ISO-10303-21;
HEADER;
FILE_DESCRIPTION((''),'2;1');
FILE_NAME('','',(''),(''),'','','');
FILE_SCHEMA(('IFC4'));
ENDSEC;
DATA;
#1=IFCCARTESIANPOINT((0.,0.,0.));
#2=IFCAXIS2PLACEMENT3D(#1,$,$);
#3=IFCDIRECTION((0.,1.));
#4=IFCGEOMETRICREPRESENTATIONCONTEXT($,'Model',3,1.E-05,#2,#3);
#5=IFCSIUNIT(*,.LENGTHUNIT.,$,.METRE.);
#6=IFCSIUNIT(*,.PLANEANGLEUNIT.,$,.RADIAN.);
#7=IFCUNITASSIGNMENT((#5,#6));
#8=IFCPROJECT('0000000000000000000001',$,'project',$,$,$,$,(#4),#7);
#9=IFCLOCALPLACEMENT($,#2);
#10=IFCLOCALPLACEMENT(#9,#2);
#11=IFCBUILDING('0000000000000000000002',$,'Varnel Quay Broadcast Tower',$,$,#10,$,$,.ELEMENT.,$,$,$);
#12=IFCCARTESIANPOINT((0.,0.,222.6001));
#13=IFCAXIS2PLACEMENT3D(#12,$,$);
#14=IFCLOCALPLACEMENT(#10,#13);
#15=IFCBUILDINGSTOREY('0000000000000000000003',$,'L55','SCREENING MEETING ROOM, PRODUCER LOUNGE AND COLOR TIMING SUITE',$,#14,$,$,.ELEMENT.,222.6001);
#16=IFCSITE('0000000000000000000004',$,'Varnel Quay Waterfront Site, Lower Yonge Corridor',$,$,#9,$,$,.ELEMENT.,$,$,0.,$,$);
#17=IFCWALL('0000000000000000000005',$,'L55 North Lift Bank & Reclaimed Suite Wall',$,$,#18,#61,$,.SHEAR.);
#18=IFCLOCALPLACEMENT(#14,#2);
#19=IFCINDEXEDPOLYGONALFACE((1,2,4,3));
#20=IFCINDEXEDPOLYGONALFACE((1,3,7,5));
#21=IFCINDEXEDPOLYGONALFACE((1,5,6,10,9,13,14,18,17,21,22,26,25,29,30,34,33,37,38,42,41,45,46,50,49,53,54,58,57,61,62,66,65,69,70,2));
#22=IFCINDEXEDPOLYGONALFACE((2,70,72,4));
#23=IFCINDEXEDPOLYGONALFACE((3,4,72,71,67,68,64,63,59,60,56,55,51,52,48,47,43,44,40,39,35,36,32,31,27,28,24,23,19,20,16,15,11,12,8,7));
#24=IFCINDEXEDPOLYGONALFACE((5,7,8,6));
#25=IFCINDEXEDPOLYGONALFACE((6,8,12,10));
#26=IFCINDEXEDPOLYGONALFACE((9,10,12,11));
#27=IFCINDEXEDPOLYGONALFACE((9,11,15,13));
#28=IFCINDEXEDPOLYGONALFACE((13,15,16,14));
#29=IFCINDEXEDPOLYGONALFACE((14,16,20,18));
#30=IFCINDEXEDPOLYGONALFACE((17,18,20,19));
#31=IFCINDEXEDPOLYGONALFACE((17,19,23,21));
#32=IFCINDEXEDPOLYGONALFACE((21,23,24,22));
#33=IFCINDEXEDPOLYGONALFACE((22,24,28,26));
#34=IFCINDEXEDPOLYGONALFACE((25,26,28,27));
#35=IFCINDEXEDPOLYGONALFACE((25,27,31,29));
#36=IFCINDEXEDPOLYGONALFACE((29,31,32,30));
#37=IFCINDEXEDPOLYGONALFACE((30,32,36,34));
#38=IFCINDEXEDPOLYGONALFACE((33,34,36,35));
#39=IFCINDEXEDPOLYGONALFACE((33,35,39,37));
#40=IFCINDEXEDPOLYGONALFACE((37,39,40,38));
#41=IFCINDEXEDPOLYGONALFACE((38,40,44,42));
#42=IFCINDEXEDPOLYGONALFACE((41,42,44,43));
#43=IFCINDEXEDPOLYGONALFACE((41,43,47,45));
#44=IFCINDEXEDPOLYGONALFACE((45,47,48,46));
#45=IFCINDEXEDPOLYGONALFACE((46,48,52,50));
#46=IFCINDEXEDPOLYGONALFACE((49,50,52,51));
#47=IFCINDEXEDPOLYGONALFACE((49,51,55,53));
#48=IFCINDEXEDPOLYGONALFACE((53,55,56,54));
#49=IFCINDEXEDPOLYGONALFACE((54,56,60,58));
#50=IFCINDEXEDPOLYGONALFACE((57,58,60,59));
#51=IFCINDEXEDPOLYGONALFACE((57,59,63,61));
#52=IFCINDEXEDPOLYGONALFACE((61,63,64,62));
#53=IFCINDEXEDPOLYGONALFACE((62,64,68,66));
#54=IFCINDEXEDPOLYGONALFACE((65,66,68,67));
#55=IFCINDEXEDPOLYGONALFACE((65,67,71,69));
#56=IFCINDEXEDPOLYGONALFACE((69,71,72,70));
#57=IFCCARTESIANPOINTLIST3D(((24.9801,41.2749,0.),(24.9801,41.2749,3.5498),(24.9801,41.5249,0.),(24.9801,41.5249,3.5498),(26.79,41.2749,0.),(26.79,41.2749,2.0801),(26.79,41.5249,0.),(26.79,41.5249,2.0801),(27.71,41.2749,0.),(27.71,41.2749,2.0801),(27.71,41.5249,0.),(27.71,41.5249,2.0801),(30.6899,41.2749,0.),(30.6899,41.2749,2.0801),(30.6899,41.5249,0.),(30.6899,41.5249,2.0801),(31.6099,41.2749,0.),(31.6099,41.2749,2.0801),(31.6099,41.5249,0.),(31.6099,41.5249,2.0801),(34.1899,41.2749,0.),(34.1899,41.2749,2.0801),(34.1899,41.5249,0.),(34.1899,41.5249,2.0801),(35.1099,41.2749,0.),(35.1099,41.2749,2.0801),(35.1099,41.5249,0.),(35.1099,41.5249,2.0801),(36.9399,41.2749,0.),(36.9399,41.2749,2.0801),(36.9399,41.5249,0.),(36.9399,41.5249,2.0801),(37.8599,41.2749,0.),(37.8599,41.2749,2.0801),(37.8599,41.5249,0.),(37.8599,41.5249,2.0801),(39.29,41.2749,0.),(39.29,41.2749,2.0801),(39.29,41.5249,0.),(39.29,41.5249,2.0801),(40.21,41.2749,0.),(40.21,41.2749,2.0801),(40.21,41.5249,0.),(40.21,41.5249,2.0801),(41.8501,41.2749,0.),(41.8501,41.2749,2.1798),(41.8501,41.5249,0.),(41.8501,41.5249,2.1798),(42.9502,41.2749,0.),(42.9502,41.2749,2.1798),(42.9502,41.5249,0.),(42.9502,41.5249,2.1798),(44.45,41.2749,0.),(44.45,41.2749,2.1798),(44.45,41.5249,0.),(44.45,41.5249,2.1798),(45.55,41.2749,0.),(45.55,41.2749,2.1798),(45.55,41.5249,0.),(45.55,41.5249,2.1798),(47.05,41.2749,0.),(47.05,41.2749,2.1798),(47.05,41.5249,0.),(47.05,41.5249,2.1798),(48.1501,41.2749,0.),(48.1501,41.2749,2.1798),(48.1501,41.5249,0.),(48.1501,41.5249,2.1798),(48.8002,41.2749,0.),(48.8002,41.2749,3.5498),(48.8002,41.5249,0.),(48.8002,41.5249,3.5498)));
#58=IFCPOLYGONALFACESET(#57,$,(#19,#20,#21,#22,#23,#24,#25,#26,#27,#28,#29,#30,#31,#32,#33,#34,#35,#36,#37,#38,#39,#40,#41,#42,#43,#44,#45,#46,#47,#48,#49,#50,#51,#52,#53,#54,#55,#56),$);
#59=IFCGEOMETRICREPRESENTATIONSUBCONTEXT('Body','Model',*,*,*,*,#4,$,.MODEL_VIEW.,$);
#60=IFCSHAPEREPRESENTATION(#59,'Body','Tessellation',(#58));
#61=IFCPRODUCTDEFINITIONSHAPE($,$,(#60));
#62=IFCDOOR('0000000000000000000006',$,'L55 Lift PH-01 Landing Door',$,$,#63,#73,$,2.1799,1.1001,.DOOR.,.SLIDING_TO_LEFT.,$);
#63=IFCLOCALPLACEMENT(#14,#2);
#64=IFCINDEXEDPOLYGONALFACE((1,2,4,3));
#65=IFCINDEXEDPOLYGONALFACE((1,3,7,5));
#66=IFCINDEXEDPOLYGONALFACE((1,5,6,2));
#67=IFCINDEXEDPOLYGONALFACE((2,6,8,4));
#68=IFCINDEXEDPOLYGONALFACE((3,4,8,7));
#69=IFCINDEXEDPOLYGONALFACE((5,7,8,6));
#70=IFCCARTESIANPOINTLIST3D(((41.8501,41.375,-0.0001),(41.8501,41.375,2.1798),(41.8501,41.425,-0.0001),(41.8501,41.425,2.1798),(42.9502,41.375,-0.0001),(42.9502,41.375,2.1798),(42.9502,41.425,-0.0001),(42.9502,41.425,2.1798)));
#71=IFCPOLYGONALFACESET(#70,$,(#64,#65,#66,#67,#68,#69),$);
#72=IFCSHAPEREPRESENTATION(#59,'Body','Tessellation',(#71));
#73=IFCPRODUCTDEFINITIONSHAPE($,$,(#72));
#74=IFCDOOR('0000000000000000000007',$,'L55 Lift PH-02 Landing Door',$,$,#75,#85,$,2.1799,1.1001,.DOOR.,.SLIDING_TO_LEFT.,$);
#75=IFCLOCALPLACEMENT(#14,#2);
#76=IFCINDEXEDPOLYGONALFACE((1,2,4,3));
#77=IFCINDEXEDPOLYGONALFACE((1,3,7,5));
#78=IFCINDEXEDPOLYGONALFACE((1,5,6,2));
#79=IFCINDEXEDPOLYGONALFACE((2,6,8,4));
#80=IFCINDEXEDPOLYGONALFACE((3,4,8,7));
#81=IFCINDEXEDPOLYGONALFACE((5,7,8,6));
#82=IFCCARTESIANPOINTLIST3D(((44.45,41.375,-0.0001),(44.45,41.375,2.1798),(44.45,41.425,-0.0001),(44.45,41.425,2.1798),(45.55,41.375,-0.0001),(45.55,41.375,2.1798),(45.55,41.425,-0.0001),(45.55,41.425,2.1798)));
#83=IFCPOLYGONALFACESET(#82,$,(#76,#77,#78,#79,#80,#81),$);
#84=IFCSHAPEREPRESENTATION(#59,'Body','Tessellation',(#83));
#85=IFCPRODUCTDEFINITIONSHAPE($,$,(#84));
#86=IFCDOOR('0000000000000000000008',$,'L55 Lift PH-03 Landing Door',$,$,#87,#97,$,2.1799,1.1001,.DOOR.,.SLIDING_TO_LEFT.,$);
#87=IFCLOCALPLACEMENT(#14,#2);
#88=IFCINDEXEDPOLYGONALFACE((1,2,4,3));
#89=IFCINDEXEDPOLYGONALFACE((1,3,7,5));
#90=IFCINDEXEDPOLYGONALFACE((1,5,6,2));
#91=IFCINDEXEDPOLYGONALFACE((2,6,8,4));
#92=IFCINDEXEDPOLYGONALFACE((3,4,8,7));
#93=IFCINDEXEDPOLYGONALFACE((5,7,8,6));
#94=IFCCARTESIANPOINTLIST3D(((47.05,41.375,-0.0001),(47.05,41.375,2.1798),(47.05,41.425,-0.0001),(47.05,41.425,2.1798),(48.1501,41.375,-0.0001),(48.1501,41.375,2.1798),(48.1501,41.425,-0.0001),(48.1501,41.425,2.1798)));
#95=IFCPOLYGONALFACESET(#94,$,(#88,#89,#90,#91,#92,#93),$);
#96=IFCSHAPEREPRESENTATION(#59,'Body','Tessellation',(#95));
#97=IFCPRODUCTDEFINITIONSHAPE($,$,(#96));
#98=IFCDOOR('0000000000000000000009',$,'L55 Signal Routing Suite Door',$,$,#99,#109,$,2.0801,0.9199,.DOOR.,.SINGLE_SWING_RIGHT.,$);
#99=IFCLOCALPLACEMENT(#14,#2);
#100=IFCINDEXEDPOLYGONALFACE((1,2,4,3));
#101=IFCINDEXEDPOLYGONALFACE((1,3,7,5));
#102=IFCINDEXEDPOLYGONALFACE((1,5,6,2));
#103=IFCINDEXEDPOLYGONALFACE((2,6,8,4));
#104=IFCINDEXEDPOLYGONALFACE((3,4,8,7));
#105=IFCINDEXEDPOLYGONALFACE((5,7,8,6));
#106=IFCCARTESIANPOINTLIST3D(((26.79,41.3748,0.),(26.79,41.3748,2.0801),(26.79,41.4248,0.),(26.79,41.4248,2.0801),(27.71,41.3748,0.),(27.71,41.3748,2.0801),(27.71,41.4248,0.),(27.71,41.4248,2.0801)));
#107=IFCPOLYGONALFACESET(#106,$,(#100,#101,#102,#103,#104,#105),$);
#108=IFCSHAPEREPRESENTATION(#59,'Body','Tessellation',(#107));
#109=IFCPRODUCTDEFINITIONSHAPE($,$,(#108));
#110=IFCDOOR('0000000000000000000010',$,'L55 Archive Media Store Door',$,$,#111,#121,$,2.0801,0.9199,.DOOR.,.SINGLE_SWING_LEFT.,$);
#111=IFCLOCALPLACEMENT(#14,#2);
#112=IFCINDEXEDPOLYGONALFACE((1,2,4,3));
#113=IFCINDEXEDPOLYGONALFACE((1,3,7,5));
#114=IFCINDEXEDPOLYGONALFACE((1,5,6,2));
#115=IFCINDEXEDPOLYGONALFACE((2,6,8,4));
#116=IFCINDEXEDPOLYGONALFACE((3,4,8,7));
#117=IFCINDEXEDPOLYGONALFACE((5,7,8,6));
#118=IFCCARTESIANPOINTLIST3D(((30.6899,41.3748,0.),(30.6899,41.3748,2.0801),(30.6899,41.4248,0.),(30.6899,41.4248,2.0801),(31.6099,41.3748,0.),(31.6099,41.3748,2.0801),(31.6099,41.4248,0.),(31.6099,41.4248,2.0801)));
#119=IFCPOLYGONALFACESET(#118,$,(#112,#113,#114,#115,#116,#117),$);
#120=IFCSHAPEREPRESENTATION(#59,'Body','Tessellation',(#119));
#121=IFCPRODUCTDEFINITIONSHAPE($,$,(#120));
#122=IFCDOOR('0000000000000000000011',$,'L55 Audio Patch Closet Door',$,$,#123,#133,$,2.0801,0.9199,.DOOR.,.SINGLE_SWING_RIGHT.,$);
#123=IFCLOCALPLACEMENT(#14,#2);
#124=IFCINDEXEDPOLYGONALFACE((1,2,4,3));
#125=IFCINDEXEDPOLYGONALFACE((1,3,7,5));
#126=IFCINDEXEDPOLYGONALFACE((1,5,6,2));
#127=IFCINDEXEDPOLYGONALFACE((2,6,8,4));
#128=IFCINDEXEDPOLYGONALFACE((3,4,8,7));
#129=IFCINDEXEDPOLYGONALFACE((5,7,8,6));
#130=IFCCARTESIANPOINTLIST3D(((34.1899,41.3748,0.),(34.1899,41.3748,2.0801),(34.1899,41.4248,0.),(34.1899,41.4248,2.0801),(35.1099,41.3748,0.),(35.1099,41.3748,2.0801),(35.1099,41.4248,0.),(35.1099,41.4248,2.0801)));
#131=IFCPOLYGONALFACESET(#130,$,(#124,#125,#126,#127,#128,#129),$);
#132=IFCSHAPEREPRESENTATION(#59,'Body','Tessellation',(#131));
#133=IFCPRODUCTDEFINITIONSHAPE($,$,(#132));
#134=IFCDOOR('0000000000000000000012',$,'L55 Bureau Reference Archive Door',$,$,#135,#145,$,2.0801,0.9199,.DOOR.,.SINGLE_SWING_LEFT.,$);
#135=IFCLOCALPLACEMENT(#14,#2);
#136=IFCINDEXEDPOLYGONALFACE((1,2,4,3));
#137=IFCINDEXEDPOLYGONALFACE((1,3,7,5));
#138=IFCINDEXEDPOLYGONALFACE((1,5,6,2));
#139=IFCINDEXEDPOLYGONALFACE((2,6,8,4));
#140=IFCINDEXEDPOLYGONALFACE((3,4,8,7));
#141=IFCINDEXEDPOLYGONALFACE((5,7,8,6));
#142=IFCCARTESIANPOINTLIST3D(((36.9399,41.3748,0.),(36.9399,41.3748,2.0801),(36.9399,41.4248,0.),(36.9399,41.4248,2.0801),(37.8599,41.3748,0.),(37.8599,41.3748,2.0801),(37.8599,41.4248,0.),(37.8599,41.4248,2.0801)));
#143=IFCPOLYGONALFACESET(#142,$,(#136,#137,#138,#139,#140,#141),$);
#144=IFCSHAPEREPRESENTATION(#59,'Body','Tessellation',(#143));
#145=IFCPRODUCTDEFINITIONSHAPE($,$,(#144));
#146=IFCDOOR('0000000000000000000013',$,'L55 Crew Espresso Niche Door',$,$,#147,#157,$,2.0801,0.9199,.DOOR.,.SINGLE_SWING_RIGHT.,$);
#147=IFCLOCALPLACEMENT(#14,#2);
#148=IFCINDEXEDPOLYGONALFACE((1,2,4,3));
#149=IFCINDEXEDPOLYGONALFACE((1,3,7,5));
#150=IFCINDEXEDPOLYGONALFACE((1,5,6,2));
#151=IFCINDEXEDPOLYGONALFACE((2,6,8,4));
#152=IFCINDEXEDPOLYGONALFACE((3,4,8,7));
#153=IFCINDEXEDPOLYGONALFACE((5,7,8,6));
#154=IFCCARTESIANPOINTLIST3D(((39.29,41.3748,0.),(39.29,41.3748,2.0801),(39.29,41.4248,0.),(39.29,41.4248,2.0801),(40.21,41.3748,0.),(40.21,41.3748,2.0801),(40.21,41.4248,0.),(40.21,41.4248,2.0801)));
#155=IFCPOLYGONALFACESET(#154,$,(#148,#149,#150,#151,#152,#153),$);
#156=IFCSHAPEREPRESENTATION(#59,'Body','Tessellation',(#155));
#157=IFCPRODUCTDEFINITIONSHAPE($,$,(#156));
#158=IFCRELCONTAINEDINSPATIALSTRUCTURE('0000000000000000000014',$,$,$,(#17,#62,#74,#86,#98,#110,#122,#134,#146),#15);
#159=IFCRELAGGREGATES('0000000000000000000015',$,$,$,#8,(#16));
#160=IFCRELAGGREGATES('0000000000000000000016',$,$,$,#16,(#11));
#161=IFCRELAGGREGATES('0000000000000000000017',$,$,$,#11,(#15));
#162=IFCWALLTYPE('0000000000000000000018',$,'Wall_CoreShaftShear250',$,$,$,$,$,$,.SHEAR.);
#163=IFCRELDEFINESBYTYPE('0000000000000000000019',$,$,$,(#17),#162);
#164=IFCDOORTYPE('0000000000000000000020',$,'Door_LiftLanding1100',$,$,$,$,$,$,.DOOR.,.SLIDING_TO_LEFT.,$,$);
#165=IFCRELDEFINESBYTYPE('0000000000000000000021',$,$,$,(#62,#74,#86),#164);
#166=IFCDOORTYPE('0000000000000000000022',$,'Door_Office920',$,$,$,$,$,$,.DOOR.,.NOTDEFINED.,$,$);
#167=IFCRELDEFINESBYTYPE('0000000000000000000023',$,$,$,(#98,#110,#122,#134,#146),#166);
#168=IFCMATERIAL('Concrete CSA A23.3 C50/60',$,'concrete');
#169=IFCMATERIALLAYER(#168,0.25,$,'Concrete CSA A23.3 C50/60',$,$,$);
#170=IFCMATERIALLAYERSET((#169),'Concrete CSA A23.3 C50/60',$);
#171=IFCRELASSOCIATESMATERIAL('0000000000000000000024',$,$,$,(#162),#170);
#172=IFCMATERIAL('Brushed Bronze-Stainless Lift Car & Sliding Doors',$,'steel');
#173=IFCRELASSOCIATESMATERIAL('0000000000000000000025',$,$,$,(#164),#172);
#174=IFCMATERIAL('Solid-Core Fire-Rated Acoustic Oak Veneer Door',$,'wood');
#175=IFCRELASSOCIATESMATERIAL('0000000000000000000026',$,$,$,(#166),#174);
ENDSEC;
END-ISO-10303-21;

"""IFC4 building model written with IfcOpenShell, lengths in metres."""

from ifc_helpers import new_model, si_unit, direction, frame, frame_2d, origin, place, context, subcontext, project, spatial, rectangle, extrude, source, transform, mapped, material, layer, layer_set, type_object, type_shapes, element, fill, save


model = new_model("IFC4")

# Units and contexts
model_context = context("Model", 3, precision=1e-05, world=origin(), true_north=direction((0.0, 1.0)))
body_context = subcontext(model_context, "Body", "Model", "MODEL_VIEW")
ifc_project = project(units=[si_unit("LENGTHUNIT", "METRE"), si_unit("PLANEANGLEUNIT", "RADIAN")], contexts=[model_context])

# Site, building, storey
site_placement = place(None, origin())
site = spatial("IfcSite", under=ifc_project, at=site_placement, Name="Varnel Quay Waterfront Site, Lower Yonge Corridor", CompositionType="ELEMENT", RefElevation=0.0)
building_placement = place(site_placement, origin())
building = spatial("IfcBuilding", under=site, at=building_placement, Name="Varnel Quay Broadcast Tower", CompositionType="ELEMENT")
storey_placement = place(building_placement, frame((0.0, 0.0, 222.6001)))
storey = spatial("IfcBuildingStorey", under=building, at=storey_placement, Name="L55", Description="SCREENING MEETING ROOM, PRODUCER LOUNGE AND COLOR TIMING SUITE", CompositionType="ELEMENT", Elevation=222.6001)

# Shared definitions
ifc_material_1 = material(Name="Concrete CSA A23.3 C50/60", Category="concrete")

# Wall, openings, doors
ifc_layer_1 = layer(ifc_material_1, 0.25, Name="Concrete CSA A23.3 C50/60")
ifc_layer_set_1 = layer_set([ifc_layer_1], Name="Concrete CSA A23.3 C50/60")
wall_type_1 = type_object("IfcWallType", Name="Wall_CoreShaftShear250", PredefinedType="SHEAR", material=ifc_layer_set_1)
wall_1_placement = place(storey_placement, frame((24.98, 41.3999, 0.0), z_axis=(0.0, 0.0, 1.0), x_axis=(1.0, 0.0, 0.0)))
wall_1 = element("IfcWall", 1, at=wall_1_placement, inside=storey, type_object=wall_type_1, Name="L55 North Lift Bank & Reclaimed Suite Wall", PredefinedType="SHEAR", context=body_context, shape_type="SweptSolid", body=[
    extrude(rectangle(XDim=23.8201, YDim=0.25, at=frame_2d((11.9102, 0.0))), origin(), (0.0, 0.0, 1.0), 3.5498),
])
opening_1_placement = place(wall_1_placement, frame((16.8701, 0.0, 0.0)))
opening_1 = element("IfcOpeningElement", 2, at=opening_1_placement, cuts=wall_1, PredefinedType="OPENING", context=body_context, shape_type="SweptSolid", body=[
    extrude(rectangle(XDim=1.1001, YDim=2.1799, at=frame_2d((0.55, 1.0898))), frame((0.0, 0.135, 0.0), z_axis=(0.0, -1.0, 0.0), x_axis=(1.0, 0.0, 0.0)), (0.0, 0.0, 1.0), 0.27),
])
opening_2_placement = place(wall_1_placement, frame((19.47, 0.0, 0.0)))
opening_2 = element("IfcOpeningElement", 3, at=opening_2_placement, cuts=wall_1, PredefinedType="OPENING", context=body_context, shape_type="SweptSolid", body=[
    extrude(rectangle(XDim=1.1001, YDim=2.1799, at=frame_2d((0.55, 1.0898))), frame((0.0, 0.135, 0.0), z_axis=(0.0, -1.0, 0.0), x_axis=(1.0, 0.0, 0.0)), (0.0, 0.0, 1.0), 0.27),
])
opening_3_placement = place(wall_1_placement, frame((22.0701, 0.0, 0.0)))
opening_3 = element("IfcOpeningElement", 4, at=opening_3_placement, cuts=wall_1, PredefinedType="OPENING", context=body_context, shape_type="SweptSolid", body=[
    extrude(rectangle(XDim=1.1001, YDim=2.1799, at=frame_2d((0.55, 1.0898))), frame((0.0, 0.135, 0.0), z_axis=(0.0, -1.0, 0.0), x_axis=(1.0, 0.0, 0.0)), (0.0, 0.0, 1.0), 0.27),
])
opening_4_placement = place(wall_1_placement, frame((1.8101, 0.0, 0.0)))
opening_4 = element("IfcOpeningElement", 5, at=opening_4_placement, cuts=wall_1, PredefinedType="OPENING", context=body_context, shape_type="SweptSolid", body=[
    extrude(rectangle(XDim=0.9199, YDim=2.0801, at=frame_2d((0.46, 1.04))), frame((0.0, 0.135, 0.0), z_axis=(0.0, -1.0, 0.0), x_axis=(1.0, 0.0, 0.0)), (0.0, 0.0, 1.0), 0.27),
])
opening_5_placement = place(wall_1_placement, frame((5.71, 0.0, 0.0)))
opening_5 = element("IfcOpeningElement", 6, at=opening_5_placement, cuts=wall_1, PredefinedType="OPENING", context=body_context, shape_type="SweptSolid", body=[
    extrude(rectangle(XDim=0.9199, YDim=2.0801, at=frame_2d((0.46, 1.04))), frame((0.0, 0.135, 0.0), z_axis=(0.0, -1.0, 0.0), x_axis=(1.0, 0.0, 0.0)), (0.0, 0.0, 1.0), 0.27),
])
opening_6_placement = place(wall_1_placement, frame((9.21, 0.0, 0.0)))
opening_6 = element("IfcOpeningElement", 7, at=opening_6_placement, cuts=wall_1, PredefinedType="OPENING", context=body_context, shape_type="SweptSolid", body=[
    extrude(rectangle(XDim=0.9199, YDim=2.0801, at=frame_2d((0.46, 1.04))), frame((0.0, 0.135, 0.0), z_axis=(0.0, -1.0, 0.0), x_axis=(1.0, 0.0, 0.0)), (0.0, 0.0, 1.0), 0.27),
])
opening_7_placement = place(wall_1_placement, frame((11.96, 0.0, 0.0)))
opening_7 = element("IfcOpeningElement", 8, at=opening_7_placement, cuts=wall_1, PredefinedType="OPENING", context=body_context, shape_type="SweptSolid", body=[
    extrude(rectangle(XDim=0.9199, YDim=2.0801, at=frame_2d((0.46, 1.04))), frame((0.0, 0.135, 0.0), z_axis=(0.0, -1.0, 0.0), x_axis=(1.0, 0.0, 0.0)), (0.0, 0.0, 1.0), 0.27),
])
opening_8_placement = place(wall_1_placement, frame((14.3101, 0.0, 0.0)))
opening_8 = element("IfcOpeningElement", 9, at=opening_8_placement, cuts=wall_1, PredefinedType="OPENING", context=body_context, shape_type="SweptSolid", body=[
    extrude(rectangle(XDim=0.9199, YDim=2.0801, at=frame_2d((0.46, 1.04))), frame((0.0, 0.135, 0.0), z_axis=(0.0, -1.0, 0.0), x_axis=(1.0, 0.0, 0.0)), (0.0, 0.0, 1.0), 0.27),
])
ifc_material_2 = material(Name="Brushed Bronze-Stainless Lift Car & Sliding Doors", Category="steel")
door_type_1 = type_object("IfcDoorType", Name="Door_LiftLanding1100", OperationType="SLIDING_TO_LEFT", PredefinedType="DOOR", material=ifc_material_2)
shared_shape_1 = source(origin(), body_context, "Body", "SweptSolid", [
    extrude(rectangle(XDim=1.1001, YDim=2.1799, at=frame_2d((0.55, 1.0898))), frame((0.0, 0.0249, 0.0), z_axis=(0.0, -1.0, 0.0), x_axis=(1.0, 0.0, 0.0)), (0.0, 0.0, 1.0), 0.05),
])
type_shapes(door_type_1, [shared_shape_1])
door_1_placement = place(opening_1_placement, frame((1.1001, 0.0, 0.0), z_axis=(0.0, 0.0, 1.0), x_axis=(-1.0, 0.0, 0.0)))
door_1 = element("IfcDoor", 10, at=door_1_placement, inside=storey, type_object=door_type_1, Name="L55 Lift PH-01 Landing Door", OperationType="SLIDING_TO_LEFT", OverallHeight=2.1799, OverallWidth=1.1001, PredefinedType="DOOR", context=body_context, shape_type="MappedRepresentation", body=[
    mapped(shared_shape_1, transform((0.0, 0.0, 0.0), x_axis=(1.0, 0.0, 0.0), y_axis=(0.0, 1.0, 0.0), z_axis=(0.0, 0.0, 1.0), scale=1.0)),
])
fill(opening_1, door_1)
door_2_placement = place(opening_2_placement, frame((1.1001, 0.0, 0.0), z_axis=(0.0, 0.0, 1.0), x_axis=(-1.0, 0.0, 0.0)))
door_2 = element("IfcDoor", 11, at=door_2_placement, inside=storey, type_object=door_type_1, Name="L55 Lift PH-02 Landing Door", OperationType="SLIDING_TO_LEFT", OverallHeight=2.1799, OverallWidth=1.1001, PredefinedType="DOOR", context=body_context, shape_type="MappedRepresentation", body=[
    mapped(shared_shape_1, transform((0.0, 0.0, 0.0), x_axis=(1.0, 0.0, 0.0), y_axis=(0.0, 1.0, 0.0), z_axis=(0.0, 0.0, 1.0), scale=1.0)),
])
fill(opening_2, door_2)
door_3_placement = place(opening_3_placement, frame((1.1001, 0.0, 0.0), z_axis=(0.0, 0.0, 1.0), x_axis=(-1.0, 0.0, 0.0)))
door_3 = element("IfcDoor", 12, at=door_3_placement, inside=storey, type_object=door_type_1, Name="L55 Lift PH-03 Landing Door", OperationType="SLIDING_TO_LEFT", OverallHeight=2.1799, OverallWidth=1.1001, PredefinedType="DOOR", context=body_context, shape_type="MappedRepresentation", body=[
    mapped(shared_shape_1, transform((0.0, 0.0, 0.0), x_axis=(1.0, 0.0, 0.0), y_axis=(0.0, 1.0, 0.0), z_axis=(0.0, 0.0, 1.0), scale=1.0)),
])
fill(opening_3, door_3)
ifc_material_3 = material(Name="Solid-Core Fire-Rated Acoustic Oak Veneer Door", Category="wood")
door_type_2 = type_object("IfcDoorType", Name="Door_Office920", OperationType="NOTDEFINED", PredefinedType="DOOR", material=ifc_material_3)
shared_shape_2 = source(origin(), body_context, "Body", "SweptSolid", [
    extrude(rectangle(XDim=0.9199, YDim=2.0801, at=frame_2d((0.46, 1.04))), frame((0.0, 0.0249, 0.0), z_axis=(0.0, -1.0, 0.0), x_axis=(1.0, 0.0, 0.0)), (0.0, 0.0, 1.0), 0.05),
])
type_shapes(door_type_2, [shared_shape_2])
door_4_placement = place(opening_4_placement, origin())
door_4 = element("IfcDoor", 13, at=door_4_placement, inside=storey, type_object=door_type_2, Name="L55 Signal Routing Suite Door", OperationType="SINGLE_SWING_RIGHT", OverallHeight=2.0801, OverallWidth=0.9199, PredefinedType="DOOR", context=body_context, shape_type="MappedRepresentation", body=[
    mapped(shared_shape_2, transform((0.0, 0.0, 0.0), x_axis=(1.0, 0.0, 0.0), y_axis=(0.0, 1.0, 0.0), z_axis=(0.0, 0.0, 1.0), scale=1.0)),
])
fill(opening_4, door_4)
door_5_placement = place(opening_5_placement, origin())
door_5 = element("IfcDoor", 14, at=door_5_placement, inside=storey, type_object=door_type_2, Name="L55 Archive Media Store Door", OperationType="SINGLE_SWING_LEFT", OverallHeight=2.0801, OverallWidth=0.9199, PredefinedType="DOOR", context=body_context, shape_type="MappedRepresentation", body=[
    mapped(shared_shape_2, transform((0.0, 0.0, 0.0), x_axis=(1.0, 0.0, 0.0), y_axis=(0.0, 1.0, 0.0), z_axis=(0.0, 0.0, 1.0), scale=1.0)),
])
fill(opening_5, door_5)
door_6_placement = place(opening_6_placement, origin())
door_6 = element("IfcDoor", 15, at=door_6_placement, inside=storey, type_object=door_type_2, Name="L55 Audio Patch Closet Door", OperationType="SINGLE_SWING_RIGHT", OverallHeight=2.0801, OverallWidth=0.9199, PredefinedType="DOOR", context=body_context, shape_type="MappedRepresentation", body=[
    mapped(shared_shape_2, transform((0.0, 0.0, 0.0), x_axis=(1.0, 0.0, 0.0), y_axis=(0.0, 1.0, 0.0), z_axis=(0.0, 0.0, 1.0), scale=1.0)),
])
fill(opening_6, door_6)
door_7_placement = place(opening_7_placement, origin())
door_7 = element("IfcDoor", 16, at=door_7_placement, inside=storey, type_object=door_type_2, Name="L55 Bureau Reference Archive Door", OperationType="SINGLE_SWING_LEFT", OverallHeight=2.0801, OverallWidth=0.9199, PredefinedType="DOOR", context=body_context, shape_type="MappedRepresentation", body=[
    mapped(shared_shape_2, transform((0.0, 0.0, 0.0), x_axis=(1.0, 0.0, 0.0), y_axis=(0.0, 1.0, 0.0), z_axis=(0.0, 0.0, 1.0), scale=1.0)),
])
fill(opening_7, door_7)
door_8_placement = place(opening_8_placement, origin())
door_8 = element("IfcDoor", 17, at=door_8_placement, inside=storey, type_object=door_type_2, Name="L55 Crew Espresso Niche Door", OperationType="SINGLE_SWING_RIGHT", OverallHeight=2.0801, OverallWidth=0.9199, PredefinedType="DOOR", context=body_context, shape_type="MappedRepresentation", body=[
    mapped(shared_shape_2, transform((0.0, 0.0, 0.0), x_axis=(1.0, 0.0, 0.0), y_axis=(0.0, 1.0, 0.0), z_axis=(0.0, 0.0, 1.0), scale=1.0)),
])
fill(opening_8, door_8)

save(model, "model.ifc")
